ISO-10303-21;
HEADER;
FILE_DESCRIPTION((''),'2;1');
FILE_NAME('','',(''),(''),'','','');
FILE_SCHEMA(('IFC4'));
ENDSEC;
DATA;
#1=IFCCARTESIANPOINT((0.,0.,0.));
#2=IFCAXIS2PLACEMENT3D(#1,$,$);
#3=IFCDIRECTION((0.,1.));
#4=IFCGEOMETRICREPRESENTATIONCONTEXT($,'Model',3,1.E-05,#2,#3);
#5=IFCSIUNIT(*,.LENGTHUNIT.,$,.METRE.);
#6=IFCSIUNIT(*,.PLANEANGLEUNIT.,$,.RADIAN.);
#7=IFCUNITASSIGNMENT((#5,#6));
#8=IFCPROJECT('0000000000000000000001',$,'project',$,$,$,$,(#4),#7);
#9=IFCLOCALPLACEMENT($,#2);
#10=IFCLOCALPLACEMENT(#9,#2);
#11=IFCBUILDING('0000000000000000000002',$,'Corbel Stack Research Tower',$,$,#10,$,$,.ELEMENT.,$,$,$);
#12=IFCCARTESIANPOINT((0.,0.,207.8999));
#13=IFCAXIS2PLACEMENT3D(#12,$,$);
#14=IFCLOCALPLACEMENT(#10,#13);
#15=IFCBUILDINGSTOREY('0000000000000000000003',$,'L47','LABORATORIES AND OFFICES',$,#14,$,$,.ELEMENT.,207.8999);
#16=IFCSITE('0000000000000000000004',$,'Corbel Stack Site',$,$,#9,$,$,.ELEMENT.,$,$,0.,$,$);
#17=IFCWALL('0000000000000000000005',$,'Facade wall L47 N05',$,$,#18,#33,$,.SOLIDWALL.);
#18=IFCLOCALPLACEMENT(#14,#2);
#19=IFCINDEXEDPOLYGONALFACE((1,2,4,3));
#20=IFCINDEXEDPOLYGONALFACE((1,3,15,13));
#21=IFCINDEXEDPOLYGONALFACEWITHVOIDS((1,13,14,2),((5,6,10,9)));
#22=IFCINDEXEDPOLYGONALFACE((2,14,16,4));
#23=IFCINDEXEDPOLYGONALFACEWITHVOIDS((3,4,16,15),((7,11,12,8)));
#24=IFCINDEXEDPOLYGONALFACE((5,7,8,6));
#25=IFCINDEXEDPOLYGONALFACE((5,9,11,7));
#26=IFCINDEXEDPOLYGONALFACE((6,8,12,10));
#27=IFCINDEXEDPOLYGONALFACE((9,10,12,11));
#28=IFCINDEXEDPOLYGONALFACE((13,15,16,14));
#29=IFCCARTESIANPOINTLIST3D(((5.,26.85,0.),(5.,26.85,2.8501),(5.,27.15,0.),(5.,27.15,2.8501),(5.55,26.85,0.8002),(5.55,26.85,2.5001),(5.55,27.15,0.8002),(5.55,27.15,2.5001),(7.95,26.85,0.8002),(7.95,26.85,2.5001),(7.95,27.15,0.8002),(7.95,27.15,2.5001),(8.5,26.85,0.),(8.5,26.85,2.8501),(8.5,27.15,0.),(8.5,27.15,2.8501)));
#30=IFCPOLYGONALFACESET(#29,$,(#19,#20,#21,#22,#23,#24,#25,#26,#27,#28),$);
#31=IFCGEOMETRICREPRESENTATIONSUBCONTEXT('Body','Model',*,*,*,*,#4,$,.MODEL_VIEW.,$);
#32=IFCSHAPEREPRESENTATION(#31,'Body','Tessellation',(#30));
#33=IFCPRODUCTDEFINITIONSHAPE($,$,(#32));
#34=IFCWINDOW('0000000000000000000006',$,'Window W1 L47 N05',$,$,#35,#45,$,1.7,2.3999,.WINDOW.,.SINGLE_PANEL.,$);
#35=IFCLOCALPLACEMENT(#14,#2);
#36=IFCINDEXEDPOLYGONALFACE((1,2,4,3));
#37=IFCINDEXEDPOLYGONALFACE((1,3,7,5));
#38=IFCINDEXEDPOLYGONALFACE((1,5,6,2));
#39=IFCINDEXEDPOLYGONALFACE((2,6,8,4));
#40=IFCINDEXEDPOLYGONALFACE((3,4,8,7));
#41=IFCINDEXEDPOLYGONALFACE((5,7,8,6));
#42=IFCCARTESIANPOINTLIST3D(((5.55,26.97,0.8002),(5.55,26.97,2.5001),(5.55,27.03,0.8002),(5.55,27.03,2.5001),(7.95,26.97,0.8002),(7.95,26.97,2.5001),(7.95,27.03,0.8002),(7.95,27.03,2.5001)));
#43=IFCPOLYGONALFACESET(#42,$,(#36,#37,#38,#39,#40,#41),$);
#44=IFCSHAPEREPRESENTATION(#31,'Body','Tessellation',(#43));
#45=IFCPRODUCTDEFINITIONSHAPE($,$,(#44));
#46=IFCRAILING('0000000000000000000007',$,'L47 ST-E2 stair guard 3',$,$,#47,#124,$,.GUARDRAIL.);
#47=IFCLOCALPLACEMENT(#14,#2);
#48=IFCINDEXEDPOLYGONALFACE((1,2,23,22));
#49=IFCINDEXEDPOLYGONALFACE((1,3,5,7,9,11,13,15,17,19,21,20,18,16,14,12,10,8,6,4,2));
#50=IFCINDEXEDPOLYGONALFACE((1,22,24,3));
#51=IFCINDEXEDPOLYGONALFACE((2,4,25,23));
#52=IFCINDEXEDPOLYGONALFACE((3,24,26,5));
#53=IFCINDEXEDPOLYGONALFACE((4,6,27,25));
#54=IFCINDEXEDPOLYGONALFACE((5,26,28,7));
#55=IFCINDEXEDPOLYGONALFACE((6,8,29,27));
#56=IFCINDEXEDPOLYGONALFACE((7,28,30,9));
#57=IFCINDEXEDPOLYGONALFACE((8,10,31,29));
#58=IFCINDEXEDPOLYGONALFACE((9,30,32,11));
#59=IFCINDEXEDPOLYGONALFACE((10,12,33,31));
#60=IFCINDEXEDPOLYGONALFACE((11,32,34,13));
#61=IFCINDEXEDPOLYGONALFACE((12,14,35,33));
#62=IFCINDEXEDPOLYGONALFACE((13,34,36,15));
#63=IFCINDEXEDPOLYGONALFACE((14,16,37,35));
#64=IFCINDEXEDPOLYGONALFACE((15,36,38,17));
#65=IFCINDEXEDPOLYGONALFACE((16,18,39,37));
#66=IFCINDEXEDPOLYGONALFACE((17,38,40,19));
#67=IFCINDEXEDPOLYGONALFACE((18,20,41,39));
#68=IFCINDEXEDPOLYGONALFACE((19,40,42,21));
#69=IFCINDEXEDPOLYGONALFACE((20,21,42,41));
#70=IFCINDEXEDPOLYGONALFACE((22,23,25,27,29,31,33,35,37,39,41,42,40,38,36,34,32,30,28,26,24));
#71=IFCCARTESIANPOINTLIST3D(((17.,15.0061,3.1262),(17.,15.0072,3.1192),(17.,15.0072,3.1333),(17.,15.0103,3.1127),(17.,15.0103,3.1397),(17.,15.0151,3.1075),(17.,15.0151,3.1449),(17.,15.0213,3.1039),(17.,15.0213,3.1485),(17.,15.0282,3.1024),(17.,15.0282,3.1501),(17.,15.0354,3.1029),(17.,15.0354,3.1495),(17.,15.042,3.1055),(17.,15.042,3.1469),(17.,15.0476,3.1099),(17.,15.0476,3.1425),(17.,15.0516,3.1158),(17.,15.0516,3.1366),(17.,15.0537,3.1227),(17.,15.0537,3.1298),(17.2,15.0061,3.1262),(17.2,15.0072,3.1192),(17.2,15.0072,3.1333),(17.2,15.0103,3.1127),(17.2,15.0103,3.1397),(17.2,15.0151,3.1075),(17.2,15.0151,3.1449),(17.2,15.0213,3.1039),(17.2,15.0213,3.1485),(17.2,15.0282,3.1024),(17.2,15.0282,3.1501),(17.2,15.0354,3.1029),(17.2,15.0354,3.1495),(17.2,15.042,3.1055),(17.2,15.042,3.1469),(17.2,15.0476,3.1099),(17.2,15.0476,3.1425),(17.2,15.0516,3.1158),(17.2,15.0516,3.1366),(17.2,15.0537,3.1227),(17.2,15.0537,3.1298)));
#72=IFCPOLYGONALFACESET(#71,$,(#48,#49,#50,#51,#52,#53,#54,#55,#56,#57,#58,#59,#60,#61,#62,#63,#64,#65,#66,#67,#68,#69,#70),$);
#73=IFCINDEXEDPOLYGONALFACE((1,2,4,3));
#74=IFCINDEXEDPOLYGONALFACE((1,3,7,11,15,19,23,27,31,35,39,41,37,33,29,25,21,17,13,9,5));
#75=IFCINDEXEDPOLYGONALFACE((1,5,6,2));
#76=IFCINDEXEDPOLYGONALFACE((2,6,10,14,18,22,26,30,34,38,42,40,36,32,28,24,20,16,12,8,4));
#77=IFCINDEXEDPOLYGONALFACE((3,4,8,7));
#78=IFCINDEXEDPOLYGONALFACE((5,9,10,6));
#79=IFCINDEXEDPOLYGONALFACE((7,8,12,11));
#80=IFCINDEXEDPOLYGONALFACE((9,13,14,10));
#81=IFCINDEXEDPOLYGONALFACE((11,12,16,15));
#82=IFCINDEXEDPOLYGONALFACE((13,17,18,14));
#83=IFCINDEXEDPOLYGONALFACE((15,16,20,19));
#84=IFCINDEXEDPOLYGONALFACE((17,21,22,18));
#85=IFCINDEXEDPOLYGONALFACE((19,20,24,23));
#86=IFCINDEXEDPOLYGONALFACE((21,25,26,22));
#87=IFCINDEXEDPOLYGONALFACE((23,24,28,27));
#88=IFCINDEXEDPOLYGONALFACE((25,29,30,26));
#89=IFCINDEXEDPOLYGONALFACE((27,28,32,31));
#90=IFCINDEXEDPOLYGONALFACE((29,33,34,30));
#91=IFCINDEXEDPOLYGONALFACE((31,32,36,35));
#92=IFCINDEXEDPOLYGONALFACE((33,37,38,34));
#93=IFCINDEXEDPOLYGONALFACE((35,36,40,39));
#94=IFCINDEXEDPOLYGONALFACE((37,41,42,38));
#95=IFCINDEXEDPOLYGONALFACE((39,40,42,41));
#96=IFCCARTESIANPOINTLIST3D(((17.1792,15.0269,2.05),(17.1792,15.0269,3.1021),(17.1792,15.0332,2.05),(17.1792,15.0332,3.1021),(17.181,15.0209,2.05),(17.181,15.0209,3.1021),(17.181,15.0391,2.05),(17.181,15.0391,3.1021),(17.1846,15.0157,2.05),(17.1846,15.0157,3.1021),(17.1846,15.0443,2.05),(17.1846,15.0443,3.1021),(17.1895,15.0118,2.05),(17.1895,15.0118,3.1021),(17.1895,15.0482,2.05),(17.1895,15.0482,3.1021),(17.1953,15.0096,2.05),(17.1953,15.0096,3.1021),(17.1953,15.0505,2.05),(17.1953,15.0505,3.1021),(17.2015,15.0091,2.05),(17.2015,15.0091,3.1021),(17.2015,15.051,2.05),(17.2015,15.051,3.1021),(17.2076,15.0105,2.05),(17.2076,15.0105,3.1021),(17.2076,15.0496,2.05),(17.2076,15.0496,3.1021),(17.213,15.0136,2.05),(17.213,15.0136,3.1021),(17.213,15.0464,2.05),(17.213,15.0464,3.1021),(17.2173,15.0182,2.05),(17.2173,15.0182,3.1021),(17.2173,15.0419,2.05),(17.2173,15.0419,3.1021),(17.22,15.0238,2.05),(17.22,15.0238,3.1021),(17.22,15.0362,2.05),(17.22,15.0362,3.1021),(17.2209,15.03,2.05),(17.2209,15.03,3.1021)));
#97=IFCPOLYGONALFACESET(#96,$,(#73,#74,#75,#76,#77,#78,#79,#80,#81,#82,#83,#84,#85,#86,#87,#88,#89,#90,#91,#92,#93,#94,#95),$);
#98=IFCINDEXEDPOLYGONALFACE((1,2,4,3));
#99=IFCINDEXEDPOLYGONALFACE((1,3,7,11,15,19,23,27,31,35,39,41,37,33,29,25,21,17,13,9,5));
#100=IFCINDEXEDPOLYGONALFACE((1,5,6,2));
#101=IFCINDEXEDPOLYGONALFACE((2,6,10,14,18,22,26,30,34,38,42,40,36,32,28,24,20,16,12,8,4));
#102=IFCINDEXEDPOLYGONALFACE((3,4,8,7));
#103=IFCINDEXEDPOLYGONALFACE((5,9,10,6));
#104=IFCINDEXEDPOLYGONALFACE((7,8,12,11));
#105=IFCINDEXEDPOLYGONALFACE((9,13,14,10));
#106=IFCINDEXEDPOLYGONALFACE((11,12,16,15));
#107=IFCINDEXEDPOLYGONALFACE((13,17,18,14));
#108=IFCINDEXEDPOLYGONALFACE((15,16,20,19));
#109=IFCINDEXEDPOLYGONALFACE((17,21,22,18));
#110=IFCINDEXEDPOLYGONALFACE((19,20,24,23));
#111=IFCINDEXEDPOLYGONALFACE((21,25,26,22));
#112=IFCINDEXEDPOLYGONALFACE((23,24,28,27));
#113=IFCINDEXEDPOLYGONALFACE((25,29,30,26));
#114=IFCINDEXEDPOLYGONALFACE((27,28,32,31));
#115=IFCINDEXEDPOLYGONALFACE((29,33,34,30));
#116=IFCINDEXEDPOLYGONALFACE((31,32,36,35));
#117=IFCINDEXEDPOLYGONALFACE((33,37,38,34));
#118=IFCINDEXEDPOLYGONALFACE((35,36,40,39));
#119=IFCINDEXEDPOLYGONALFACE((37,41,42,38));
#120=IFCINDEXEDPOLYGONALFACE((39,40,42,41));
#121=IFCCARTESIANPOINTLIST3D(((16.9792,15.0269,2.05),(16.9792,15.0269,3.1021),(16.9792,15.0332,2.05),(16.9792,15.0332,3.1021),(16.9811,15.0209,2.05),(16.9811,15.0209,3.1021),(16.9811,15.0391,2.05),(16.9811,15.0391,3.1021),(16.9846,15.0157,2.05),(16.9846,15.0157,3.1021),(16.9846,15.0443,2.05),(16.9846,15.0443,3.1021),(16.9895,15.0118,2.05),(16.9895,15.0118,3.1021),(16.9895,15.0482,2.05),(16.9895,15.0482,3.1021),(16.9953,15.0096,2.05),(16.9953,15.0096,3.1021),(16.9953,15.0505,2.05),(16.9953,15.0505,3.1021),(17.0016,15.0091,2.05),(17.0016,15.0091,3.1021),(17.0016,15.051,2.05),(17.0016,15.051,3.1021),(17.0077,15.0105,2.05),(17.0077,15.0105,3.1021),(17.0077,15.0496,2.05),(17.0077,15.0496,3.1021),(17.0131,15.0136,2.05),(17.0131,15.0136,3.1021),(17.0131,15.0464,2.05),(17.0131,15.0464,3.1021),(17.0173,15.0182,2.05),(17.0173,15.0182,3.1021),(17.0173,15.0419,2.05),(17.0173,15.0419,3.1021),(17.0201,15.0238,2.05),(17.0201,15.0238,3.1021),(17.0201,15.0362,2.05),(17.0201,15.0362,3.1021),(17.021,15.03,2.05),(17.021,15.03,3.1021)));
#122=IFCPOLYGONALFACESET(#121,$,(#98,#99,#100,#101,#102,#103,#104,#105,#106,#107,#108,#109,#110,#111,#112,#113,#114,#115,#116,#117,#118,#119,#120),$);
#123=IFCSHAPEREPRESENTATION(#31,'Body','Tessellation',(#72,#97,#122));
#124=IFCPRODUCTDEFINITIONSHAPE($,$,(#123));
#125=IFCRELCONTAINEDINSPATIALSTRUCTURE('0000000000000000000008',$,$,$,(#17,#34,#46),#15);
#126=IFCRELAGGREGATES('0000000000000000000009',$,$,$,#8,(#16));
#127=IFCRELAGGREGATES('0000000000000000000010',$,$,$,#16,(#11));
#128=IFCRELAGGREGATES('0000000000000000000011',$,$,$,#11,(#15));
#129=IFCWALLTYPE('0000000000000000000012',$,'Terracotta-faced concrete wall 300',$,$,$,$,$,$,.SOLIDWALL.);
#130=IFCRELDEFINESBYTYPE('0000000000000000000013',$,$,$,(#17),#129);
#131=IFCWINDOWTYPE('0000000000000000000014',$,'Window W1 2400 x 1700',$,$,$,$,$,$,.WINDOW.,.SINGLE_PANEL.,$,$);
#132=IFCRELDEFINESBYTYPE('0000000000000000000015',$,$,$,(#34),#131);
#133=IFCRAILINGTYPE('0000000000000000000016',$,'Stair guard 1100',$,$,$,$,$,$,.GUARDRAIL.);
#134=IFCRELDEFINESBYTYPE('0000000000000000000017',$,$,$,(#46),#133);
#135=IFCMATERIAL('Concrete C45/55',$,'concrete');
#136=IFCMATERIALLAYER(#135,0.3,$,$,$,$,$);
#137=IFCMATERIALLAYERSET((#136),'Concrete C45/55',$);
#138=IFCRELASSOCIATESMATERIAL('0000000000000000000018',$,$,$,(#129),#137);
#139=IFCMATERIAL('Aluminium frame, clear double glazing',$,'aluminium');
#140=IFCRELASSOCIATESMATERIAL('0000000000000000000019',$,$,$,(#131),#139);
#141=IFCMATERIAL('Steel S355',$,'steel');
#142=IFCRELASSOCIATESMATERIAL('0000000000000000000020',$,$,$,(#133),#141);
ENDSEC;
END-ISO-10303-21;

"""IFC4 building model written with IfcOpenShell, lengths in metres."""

from ifc_helpers import new_model, si_unit, direction, frame, frame_2d, origin, origin_2d, place, context, subcontext, project, spatial, rectangle, circle, extrude, material, layer, layer_set, type_object, element, fill, save


model = new_model("IFC4")

# Units and contexts
model_context = context("Model", 3, precision=1e-05, world=origin(), true_north=direction((0.0, 1.0)))
body_context = subcontext(model_context, "Body", "Model", "MODEL_VIEW")
ifc_project = project(units=[si_unit("LENGTHUNIT", "METRE"), si_unit("PLANEANGLEUNIT", "RADIAN")], contexts=[model_context])

# Site, building, storey
site_placement = place(None, origin())
site = spatial("IfcSite", under=ifc_project, at=site_placement, Name="Corbel Stack Site", CompositionType="ELEMENT", RefElevation=0.0)
building_placement = place(site_placement, origin())
building = spatial("IfcBuilding", under=site, at=building_placement, Name="Corbel Stack Research Tower", CompositionType="ELEMENT")
storey_placement = place(building_placement, frame((0.0, 0.0, 207.8999)))
storey = spatial("IfcBuildingStorey", under=building, at=storey_placement, Name="L47", Description="LABORATORIES AND OFFICES", CompositionType="ELEMENT", Elevation=207.8999)

# Wall, opening, window
ifc_material_1 = material(Name="Concrete C45/55", Category="concrete")
ifc_layer_1 = layer(ifc_material_1, 0.3)
ifc_layer_set_1 = layer_set([ifc_layer_1], Name="Concrete C45/55")
wall_type_1 = type_object("IfcWallType", Name="Terracotta-faced concrete wall 300", PredefinedType="SOLIDWALL", material=ifc_layer_set_1)
ifc_material_2 = material(Name="Aluminium frame, clear double glazing", Category="aluminium")
window_type = type_object("IfcWindowType", Name="Window W1 2400 x 1700", PartitioningType="SINGLE_PANEL", PredefinedType="WINDOW", material=ifc_material_2)
wall_1_placement = place(storey_placement, frame((5.0, 27.0, 0.0), z_axis=(0.0, 0.0, 1.0), x_axis=(1.0, 0.0, 0.0)))
wall_1 = element("IfcWall", 1, at=wall_1_placement, inside=storey, type_object=wall_type_1, Name="Facade wall L47 N05", PredefinedType="SOLIDWALL", context=body_context, shape_type="SweptSolid", body=[
    extrude(rectangle(XDim=3.5, YDim=0.3, at=frame_2d((1.75, 0.0))), origin(), (0.0, 0.0, 1.0), 2.8501),
])
opening_1_placement = place(wall_1_placement, frame((0.55, 0.0, 0.8)))
opening_1 = element("IfcOpeningElement", 2, at=opening_1_placement, cuts=wall_1, PredefinedType="OPENING", context=body_context, shape_type="SweptSolid", body=[
    extrude(rectangle(XDim=2.3999, YDim=1.7, at=frame_2d((1.2, 0.8501))), frame((0.0, 0.1599, 0.0), z_axis=(0.0, -1.0, 0.0), x_axis=(1.0, 0.0, 0.0)), (0.0, 0.0, 1.0), 0.3201),
])
window_1_placement = place(opening_1_placement, origin())
window_1 = element("IfcWindow", 3, at=window_1_placement, inside=storey, type_object=window_type, Name="Window W1 L47 N05", OverallHeight=1.7, OverallWidth=2.3999, PartitioningType="SINGLE_PANEL", PredefinedType="WINDOW", context=body_context, shape_type="SweptSolid", body=[
    extrude(rectangle(XDim=2.3999, YDim=1.7, at=frame_2d((1.2, 0.8501))), frame((0.0, 0.03, 0.0), z_axis=(0.0, -1.0, 0.0), x_axis=(1.0, 0.0, 0.0)), (0.0, 0.0, 1.0), 0.0601),
])
fill(opening_1, window_1)

# Railing
ifc_material_3 = material(Name="Steel S355", Category="steel")
railing_type = type_object("IfcRailingType", Name="Stair guard 1100", PredefinedType="GUARDRAIL", material=ifc_material_3)
railing_placement = place(storey_placement, frame((17.2, 15.03, 2.05)))
element("IfcRailing", 4, at=railing_placement, inside=storey, type_object=railing_type, Name="L47 ST-E2 stair guard 3", PredefinedType="GUARDRAIL", context=body_context, shape_type="SweptSolid", body=[
    extrude(circle(Radius=0.0239, at=origin_2d()), frame((0.0, 0.0, 1.0762), z_axis=(-1.0, 0.0, 0.0), x_axis=(0.0, -1.0, 0.0)), (0.0, 0.0, 1.0), 0.2),
    extrude(circle(Radius=0.021, at=origin_2d()), origin(), (0.0, 0.0, 1.0), 1.052),
    extrude(circle(Radius=0.021, at=origin_2d()), frame((-0.2, 0.0, 0.0)), (0.0, 0.0, 1.0), 1.052),
])

save(model, "model.ifc")
